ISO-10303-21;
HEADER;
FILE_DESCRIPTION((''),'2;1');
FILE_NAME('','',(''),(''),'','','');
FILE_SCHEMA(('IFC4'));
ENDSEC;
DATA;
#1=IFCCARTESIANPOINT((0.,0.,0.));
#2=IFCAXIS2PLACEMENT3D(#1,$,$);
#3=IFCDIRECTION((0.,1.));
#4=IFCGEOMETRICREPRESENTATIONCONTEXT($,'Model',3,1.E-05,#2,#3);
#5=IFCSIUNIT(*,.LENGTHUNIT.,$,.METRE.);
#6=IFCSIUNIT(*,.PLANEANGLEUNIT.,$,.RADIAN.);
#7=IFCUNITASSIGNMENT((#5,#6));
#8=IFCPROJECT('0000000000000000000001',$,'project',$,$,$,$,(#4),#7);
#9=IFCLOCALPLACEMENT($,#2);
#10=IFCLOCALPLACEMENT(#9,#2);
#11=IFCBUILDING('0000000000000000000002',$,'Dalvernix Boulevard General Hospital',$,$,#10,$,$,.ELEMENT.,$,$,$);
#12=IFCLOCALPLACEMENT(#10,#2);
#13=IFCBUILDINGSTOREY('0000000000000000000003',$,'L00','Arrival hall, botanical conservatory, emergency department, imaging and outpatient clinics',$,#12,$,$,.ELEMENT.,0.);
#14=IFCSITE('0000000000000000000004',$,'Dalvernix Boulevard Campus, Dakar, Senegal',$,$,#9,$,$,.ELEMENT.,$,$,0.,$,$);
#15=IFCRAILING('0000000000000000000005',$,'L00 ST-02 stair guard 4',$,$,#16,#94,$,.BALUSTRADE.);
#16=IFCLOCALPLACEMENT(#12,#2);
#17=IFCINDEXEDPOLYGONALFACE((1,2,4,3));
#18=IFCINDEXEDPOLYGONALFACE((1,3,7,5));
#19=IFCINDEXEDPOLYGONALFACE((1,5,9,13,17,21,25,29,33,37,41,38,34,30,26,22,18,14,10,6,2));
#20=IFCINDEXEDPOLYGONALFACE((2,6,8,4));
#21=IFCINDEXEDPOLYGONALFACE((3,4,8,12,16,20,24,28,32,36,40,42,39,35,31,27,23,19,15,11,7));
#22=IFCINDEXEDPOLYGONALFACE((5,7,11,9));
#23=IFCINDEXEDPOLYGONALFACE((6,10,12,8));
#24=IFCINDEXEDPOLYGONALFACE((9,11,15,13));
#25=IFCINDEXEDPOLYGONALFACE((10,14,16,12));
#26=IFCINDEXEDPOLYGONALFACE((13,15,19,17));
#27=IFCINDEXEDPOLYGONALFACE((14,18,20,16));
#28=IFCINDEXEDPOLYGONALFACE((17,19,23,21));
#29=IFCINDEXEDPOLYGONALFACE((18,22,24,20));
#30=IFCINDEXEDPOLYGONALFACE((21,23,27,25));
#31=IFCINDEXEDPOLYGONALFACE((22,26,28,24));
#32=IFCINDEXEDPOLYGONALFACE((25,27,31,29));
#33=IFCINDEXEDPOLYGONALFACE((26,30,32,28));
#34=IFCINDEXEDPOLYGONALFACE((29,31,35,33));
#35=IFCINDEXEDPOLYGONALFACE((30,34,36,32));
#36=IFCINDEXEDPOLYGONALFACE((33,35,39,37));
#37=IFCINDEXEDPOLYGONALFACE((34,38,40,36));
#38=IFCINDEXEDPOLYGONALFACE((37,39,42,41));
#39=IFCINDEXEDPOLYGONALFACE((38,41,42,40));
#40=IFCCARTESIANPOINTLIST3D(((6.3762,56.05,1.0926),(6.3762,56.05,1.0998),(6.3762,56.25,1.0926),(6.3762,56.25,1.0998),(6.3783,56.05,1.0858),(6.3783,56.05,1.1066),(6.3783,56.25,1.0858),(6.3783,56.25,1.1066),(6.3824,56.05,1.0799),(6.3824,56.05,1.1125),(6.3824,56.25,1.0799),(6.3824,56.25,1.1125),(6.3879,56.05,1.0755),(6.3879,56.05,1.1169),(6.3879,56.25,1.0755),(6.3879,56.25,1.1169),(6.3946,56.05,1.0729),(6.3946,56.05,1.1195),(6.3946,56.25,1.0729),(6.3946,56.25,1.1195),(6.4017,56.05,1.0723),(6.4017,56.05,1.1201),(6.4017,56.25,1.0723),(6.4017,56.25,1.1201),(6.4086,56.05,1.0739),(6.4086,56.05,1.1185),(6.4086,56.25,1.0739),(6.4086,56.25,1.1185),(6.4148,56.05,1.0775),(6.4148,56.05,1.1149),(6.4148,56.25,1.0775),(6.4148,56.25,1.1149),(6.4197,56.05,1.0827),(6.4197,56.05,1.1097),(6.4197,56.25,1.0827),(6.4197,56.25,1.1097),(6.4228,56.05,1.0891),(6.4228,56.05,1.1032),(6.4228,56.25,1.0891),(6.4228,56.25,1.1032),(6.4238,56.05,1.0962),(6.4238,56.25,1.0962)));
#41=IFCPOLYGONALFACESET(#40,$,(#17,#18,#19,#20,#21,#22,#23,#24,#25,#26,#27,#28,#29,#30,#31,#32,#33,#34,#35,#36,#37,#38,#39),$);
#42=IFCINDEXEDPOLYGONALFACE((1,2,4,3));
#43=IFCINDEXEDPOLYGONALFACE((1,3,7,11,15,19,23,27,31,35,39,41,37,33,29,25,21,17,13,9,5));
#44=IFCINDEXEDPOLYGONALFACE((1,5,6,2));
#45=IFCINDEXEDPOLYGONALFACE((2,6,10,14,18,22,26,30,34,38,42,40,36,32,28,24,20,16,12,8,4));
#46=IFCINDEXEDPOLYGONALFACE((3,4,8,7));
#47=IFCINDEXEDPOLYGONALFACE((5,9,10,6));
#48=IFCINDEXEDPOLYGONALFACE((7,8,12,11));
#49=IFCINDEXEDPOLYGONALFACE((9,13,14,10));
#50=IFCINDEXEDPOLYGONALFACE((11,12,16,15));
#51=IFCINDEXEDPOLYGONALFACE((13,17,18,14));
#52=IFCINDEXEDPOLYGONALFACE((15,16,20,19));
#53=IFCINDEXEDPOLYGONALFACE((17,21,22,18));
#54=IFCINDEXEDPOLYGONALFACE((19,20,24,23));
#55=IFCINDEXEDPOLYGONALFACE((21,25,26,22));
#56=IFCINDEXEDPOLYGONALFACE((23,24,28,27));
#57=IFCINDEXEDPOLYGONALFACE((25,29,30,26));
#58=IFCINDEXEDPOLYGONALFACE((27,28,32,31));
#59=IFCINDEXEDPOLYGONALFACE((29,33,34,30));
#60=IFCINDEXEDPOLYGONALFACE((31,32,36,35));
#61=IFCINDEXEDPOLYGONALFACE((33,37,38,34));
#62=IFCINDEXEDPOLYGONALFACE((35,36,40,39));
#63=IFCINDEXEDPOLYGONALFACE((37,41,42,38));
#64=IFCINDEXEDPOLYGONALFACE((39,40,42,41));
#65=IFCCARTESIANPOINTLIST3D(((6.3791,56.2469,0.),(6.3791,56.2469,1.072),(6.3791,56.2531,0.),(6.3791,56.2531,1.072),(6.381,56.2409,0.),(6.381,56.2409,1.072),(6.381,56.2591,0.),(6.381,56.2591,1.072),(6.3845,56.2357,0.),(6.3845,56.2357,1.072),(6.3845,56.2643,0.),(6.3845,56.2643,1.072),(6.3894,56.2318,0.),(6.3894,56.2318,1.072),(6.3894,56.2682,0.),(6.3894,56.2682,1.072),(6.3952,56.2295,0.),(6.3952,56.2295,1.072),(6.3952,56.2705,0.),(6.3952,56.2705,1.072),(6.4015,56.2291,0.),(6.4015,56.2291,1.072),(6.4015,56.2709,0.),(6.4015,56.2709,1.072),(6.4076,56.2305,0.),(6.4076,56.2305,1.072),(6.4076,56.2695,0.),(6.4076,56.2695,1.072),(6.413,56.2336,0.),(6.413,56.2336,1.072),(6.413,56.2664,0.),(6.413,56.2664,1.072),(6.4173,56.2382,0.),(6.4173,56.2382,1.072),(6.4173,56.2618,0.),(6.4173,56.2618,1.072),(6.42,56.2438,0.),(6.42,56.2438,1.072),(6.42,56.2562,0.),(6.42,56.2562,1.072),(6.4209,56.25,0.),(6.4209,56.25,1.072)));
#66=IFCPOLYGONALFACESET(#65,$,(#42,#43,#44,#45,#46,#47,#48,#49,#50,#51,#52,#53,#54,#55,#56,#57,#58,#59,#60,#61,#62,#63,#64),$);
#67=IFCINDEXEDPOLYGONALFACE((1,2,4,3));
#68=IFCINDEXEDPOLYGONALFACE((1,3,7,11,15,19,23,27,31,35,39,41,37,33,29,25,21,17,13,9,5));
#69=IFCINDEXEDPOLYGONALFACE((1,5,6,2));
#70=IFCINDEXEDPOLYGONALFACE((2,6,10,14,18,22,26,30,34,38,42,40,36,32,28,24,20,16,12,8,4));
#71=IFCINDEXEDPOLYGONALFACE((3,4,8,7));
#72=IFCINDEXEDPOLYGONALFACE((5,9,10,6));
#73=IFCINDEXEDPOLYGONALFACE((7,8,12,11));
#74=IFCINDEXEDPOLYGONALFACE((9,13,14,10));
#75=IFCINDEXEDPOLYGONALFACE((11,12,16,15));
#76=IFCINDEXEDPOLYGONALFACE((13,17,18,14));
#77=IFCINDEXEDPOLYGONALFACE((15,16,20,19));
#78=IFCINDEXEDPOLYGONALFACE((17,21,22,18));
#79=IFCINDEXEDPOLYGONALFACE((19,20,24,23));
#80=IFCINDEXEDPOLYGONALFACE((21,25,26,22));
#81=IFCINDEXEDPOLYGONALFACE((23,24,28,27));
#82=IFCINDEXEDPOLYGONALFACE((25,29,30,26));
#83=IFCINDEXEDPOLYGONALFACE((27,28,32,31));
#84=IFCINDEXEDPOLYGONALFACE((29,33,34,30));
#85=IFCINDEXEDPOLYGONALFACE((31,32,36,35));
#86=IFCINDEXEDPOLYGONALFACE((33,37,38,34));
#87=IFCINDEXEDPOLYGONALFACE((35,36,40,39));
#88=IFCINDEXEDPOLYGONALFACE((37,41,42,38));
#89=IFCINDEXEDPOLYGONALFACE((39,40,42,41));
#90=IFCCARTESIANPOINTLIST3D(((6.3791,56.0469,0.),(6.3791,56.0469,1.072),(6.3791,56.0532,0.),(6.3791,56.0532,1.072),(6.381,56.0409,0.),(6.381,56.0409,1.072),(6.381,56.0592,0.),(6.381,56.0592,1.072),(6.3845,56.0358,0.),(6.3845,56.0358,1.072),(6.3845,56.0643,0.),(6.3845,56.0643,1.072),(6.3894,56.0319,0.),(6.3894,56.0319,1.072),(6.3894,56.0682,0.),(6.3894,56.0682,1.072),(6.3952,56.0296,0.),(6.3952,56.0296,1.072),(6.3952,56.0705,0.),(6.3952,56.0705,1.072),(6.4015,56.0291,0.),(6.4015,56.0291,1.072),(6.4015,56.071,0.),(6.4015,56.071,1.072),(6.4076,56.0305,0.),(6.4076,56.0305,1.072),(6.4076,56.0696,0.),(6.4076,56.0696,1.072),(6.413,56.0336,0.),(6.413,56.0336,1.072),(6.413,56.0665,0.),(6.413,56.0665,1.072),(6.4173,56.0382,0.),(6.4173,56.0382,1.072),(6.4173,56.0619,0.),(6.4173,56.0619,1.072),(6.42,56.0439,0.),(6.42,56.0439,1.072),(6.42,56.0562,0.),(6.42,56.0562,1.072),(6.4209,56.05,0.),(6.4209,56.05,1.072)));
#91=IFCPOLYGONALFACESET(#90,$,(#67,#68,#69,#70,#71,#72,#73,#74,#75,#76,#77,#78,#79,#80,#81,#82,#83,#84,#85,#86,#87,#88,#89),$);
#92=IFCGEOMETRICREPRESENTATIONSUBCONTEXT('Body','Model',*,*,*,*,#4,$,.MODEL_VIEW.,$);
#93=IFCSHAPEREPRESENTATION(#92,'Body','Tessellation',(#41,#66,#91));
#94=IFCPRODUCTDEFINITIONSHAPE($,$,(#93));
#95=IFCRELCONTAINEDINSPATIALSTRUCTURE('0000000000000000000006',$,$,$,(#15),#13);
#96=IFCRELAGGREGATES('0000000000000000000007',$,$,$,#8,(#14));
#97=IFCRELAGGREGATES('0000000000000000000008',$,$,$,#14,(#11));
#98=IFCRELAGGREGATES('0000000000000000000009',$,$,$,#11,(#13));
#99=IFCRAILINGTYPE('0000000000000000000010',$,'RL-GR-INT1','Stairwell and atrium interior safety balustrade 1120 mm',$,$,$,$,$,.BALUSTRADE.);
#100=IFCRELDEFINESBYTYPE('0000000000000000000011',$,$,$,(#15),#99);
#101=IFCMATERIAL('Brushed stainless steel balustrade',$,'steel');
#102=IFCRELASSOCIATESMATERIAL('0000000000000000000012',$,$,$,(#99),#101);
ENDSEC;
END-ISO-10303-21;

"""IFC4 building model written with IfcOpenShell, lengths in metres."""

from ifc_helpers import new_model, si_unit, direction, frame, origin, origin_2d, place, context, subcontext, project, spatial, circle, extrude, material, type_object, element, save


model = new_model("IFC4")

# Units and contexts
model_context = context("Model", 3, precision=1e-05, world=origin(), true_north=direction((0.0, 1.0)))
body_context = subcontext(model_context, "Body", "Model", "MODEL_VIEW")
ifc_project = project(units=[si_unit("LENGTHUNIT", "METRE"), si_unit("PLANEANGLEUNIT", "RADIAN")], contexts=[model_context])

# Site, building, storey
site_placement = place(None, origin())
site = spatial("IfcSite", under=ifc_project, at=site_placement, Name="Dalvernix Boulevard Campus, Dakar, Senegal", CompositionType="ELEMENT", RefElevation=0.0)
building_placement = place(site_placement, origin())
building = spatial("IfcBuilding", under=site, at=building_placement, Name="Dalvernix Boulevard General Hospital", CompositionType="ELEMENT")
storey_placement = place(building_placement, origin())
storey = spatial("IfcBuildingStorey", under=building, at=storey_placement, Name="L00", Description="Arrival hall, botanical conservatory, emergency department, imaging and outpatient clinics", CompositionType="ELEMENT", Elevation=0.0)

# Railing
ifc_material_1 = material(Name="Brushed stainless steel balustrade", Category="steel")
railing_type_1 = type_object("IfcRailingType", Name="RL-GR-INT1", Description="Stairwell and atrium interior safety balustrade 1120 mm", PredefinedType="BALUSTRADE", material=ifc_material_1)
railing_1_placement = place(storey_placement, frame((6.3999, 56.25, 0.0)))
element("IfcRailing", 1, at=railing_1_placement, inside=storey, type_object=railing_type_1, Name="L00 ST-02 stair guard 4", PredefinedType="BALUSTRADE", context=body_context, shape_type="SweptSolid", body=[
    extrude(circle(Radius=0.0239, at=origin_2d()), frame((0.0, 0.0, 1.0962), z_axis=(0.0, -1.0, 0.0), x_axis=(1.0, 0.0, 0.0)), (0.0, 0.0, 1.0), 0.2),
    extrude(circle(Radius=0.021, at=origin_2d()), origin(), (0.0, 0.0, 1.0), 1.072),
    extrude(circle(Radius=0.021, at=origin_2d()), frame((0.0, -0.2, 0.0)), (0.0, 0.0, 1.0), 1.072),
])

save(model, "model.ifc")
